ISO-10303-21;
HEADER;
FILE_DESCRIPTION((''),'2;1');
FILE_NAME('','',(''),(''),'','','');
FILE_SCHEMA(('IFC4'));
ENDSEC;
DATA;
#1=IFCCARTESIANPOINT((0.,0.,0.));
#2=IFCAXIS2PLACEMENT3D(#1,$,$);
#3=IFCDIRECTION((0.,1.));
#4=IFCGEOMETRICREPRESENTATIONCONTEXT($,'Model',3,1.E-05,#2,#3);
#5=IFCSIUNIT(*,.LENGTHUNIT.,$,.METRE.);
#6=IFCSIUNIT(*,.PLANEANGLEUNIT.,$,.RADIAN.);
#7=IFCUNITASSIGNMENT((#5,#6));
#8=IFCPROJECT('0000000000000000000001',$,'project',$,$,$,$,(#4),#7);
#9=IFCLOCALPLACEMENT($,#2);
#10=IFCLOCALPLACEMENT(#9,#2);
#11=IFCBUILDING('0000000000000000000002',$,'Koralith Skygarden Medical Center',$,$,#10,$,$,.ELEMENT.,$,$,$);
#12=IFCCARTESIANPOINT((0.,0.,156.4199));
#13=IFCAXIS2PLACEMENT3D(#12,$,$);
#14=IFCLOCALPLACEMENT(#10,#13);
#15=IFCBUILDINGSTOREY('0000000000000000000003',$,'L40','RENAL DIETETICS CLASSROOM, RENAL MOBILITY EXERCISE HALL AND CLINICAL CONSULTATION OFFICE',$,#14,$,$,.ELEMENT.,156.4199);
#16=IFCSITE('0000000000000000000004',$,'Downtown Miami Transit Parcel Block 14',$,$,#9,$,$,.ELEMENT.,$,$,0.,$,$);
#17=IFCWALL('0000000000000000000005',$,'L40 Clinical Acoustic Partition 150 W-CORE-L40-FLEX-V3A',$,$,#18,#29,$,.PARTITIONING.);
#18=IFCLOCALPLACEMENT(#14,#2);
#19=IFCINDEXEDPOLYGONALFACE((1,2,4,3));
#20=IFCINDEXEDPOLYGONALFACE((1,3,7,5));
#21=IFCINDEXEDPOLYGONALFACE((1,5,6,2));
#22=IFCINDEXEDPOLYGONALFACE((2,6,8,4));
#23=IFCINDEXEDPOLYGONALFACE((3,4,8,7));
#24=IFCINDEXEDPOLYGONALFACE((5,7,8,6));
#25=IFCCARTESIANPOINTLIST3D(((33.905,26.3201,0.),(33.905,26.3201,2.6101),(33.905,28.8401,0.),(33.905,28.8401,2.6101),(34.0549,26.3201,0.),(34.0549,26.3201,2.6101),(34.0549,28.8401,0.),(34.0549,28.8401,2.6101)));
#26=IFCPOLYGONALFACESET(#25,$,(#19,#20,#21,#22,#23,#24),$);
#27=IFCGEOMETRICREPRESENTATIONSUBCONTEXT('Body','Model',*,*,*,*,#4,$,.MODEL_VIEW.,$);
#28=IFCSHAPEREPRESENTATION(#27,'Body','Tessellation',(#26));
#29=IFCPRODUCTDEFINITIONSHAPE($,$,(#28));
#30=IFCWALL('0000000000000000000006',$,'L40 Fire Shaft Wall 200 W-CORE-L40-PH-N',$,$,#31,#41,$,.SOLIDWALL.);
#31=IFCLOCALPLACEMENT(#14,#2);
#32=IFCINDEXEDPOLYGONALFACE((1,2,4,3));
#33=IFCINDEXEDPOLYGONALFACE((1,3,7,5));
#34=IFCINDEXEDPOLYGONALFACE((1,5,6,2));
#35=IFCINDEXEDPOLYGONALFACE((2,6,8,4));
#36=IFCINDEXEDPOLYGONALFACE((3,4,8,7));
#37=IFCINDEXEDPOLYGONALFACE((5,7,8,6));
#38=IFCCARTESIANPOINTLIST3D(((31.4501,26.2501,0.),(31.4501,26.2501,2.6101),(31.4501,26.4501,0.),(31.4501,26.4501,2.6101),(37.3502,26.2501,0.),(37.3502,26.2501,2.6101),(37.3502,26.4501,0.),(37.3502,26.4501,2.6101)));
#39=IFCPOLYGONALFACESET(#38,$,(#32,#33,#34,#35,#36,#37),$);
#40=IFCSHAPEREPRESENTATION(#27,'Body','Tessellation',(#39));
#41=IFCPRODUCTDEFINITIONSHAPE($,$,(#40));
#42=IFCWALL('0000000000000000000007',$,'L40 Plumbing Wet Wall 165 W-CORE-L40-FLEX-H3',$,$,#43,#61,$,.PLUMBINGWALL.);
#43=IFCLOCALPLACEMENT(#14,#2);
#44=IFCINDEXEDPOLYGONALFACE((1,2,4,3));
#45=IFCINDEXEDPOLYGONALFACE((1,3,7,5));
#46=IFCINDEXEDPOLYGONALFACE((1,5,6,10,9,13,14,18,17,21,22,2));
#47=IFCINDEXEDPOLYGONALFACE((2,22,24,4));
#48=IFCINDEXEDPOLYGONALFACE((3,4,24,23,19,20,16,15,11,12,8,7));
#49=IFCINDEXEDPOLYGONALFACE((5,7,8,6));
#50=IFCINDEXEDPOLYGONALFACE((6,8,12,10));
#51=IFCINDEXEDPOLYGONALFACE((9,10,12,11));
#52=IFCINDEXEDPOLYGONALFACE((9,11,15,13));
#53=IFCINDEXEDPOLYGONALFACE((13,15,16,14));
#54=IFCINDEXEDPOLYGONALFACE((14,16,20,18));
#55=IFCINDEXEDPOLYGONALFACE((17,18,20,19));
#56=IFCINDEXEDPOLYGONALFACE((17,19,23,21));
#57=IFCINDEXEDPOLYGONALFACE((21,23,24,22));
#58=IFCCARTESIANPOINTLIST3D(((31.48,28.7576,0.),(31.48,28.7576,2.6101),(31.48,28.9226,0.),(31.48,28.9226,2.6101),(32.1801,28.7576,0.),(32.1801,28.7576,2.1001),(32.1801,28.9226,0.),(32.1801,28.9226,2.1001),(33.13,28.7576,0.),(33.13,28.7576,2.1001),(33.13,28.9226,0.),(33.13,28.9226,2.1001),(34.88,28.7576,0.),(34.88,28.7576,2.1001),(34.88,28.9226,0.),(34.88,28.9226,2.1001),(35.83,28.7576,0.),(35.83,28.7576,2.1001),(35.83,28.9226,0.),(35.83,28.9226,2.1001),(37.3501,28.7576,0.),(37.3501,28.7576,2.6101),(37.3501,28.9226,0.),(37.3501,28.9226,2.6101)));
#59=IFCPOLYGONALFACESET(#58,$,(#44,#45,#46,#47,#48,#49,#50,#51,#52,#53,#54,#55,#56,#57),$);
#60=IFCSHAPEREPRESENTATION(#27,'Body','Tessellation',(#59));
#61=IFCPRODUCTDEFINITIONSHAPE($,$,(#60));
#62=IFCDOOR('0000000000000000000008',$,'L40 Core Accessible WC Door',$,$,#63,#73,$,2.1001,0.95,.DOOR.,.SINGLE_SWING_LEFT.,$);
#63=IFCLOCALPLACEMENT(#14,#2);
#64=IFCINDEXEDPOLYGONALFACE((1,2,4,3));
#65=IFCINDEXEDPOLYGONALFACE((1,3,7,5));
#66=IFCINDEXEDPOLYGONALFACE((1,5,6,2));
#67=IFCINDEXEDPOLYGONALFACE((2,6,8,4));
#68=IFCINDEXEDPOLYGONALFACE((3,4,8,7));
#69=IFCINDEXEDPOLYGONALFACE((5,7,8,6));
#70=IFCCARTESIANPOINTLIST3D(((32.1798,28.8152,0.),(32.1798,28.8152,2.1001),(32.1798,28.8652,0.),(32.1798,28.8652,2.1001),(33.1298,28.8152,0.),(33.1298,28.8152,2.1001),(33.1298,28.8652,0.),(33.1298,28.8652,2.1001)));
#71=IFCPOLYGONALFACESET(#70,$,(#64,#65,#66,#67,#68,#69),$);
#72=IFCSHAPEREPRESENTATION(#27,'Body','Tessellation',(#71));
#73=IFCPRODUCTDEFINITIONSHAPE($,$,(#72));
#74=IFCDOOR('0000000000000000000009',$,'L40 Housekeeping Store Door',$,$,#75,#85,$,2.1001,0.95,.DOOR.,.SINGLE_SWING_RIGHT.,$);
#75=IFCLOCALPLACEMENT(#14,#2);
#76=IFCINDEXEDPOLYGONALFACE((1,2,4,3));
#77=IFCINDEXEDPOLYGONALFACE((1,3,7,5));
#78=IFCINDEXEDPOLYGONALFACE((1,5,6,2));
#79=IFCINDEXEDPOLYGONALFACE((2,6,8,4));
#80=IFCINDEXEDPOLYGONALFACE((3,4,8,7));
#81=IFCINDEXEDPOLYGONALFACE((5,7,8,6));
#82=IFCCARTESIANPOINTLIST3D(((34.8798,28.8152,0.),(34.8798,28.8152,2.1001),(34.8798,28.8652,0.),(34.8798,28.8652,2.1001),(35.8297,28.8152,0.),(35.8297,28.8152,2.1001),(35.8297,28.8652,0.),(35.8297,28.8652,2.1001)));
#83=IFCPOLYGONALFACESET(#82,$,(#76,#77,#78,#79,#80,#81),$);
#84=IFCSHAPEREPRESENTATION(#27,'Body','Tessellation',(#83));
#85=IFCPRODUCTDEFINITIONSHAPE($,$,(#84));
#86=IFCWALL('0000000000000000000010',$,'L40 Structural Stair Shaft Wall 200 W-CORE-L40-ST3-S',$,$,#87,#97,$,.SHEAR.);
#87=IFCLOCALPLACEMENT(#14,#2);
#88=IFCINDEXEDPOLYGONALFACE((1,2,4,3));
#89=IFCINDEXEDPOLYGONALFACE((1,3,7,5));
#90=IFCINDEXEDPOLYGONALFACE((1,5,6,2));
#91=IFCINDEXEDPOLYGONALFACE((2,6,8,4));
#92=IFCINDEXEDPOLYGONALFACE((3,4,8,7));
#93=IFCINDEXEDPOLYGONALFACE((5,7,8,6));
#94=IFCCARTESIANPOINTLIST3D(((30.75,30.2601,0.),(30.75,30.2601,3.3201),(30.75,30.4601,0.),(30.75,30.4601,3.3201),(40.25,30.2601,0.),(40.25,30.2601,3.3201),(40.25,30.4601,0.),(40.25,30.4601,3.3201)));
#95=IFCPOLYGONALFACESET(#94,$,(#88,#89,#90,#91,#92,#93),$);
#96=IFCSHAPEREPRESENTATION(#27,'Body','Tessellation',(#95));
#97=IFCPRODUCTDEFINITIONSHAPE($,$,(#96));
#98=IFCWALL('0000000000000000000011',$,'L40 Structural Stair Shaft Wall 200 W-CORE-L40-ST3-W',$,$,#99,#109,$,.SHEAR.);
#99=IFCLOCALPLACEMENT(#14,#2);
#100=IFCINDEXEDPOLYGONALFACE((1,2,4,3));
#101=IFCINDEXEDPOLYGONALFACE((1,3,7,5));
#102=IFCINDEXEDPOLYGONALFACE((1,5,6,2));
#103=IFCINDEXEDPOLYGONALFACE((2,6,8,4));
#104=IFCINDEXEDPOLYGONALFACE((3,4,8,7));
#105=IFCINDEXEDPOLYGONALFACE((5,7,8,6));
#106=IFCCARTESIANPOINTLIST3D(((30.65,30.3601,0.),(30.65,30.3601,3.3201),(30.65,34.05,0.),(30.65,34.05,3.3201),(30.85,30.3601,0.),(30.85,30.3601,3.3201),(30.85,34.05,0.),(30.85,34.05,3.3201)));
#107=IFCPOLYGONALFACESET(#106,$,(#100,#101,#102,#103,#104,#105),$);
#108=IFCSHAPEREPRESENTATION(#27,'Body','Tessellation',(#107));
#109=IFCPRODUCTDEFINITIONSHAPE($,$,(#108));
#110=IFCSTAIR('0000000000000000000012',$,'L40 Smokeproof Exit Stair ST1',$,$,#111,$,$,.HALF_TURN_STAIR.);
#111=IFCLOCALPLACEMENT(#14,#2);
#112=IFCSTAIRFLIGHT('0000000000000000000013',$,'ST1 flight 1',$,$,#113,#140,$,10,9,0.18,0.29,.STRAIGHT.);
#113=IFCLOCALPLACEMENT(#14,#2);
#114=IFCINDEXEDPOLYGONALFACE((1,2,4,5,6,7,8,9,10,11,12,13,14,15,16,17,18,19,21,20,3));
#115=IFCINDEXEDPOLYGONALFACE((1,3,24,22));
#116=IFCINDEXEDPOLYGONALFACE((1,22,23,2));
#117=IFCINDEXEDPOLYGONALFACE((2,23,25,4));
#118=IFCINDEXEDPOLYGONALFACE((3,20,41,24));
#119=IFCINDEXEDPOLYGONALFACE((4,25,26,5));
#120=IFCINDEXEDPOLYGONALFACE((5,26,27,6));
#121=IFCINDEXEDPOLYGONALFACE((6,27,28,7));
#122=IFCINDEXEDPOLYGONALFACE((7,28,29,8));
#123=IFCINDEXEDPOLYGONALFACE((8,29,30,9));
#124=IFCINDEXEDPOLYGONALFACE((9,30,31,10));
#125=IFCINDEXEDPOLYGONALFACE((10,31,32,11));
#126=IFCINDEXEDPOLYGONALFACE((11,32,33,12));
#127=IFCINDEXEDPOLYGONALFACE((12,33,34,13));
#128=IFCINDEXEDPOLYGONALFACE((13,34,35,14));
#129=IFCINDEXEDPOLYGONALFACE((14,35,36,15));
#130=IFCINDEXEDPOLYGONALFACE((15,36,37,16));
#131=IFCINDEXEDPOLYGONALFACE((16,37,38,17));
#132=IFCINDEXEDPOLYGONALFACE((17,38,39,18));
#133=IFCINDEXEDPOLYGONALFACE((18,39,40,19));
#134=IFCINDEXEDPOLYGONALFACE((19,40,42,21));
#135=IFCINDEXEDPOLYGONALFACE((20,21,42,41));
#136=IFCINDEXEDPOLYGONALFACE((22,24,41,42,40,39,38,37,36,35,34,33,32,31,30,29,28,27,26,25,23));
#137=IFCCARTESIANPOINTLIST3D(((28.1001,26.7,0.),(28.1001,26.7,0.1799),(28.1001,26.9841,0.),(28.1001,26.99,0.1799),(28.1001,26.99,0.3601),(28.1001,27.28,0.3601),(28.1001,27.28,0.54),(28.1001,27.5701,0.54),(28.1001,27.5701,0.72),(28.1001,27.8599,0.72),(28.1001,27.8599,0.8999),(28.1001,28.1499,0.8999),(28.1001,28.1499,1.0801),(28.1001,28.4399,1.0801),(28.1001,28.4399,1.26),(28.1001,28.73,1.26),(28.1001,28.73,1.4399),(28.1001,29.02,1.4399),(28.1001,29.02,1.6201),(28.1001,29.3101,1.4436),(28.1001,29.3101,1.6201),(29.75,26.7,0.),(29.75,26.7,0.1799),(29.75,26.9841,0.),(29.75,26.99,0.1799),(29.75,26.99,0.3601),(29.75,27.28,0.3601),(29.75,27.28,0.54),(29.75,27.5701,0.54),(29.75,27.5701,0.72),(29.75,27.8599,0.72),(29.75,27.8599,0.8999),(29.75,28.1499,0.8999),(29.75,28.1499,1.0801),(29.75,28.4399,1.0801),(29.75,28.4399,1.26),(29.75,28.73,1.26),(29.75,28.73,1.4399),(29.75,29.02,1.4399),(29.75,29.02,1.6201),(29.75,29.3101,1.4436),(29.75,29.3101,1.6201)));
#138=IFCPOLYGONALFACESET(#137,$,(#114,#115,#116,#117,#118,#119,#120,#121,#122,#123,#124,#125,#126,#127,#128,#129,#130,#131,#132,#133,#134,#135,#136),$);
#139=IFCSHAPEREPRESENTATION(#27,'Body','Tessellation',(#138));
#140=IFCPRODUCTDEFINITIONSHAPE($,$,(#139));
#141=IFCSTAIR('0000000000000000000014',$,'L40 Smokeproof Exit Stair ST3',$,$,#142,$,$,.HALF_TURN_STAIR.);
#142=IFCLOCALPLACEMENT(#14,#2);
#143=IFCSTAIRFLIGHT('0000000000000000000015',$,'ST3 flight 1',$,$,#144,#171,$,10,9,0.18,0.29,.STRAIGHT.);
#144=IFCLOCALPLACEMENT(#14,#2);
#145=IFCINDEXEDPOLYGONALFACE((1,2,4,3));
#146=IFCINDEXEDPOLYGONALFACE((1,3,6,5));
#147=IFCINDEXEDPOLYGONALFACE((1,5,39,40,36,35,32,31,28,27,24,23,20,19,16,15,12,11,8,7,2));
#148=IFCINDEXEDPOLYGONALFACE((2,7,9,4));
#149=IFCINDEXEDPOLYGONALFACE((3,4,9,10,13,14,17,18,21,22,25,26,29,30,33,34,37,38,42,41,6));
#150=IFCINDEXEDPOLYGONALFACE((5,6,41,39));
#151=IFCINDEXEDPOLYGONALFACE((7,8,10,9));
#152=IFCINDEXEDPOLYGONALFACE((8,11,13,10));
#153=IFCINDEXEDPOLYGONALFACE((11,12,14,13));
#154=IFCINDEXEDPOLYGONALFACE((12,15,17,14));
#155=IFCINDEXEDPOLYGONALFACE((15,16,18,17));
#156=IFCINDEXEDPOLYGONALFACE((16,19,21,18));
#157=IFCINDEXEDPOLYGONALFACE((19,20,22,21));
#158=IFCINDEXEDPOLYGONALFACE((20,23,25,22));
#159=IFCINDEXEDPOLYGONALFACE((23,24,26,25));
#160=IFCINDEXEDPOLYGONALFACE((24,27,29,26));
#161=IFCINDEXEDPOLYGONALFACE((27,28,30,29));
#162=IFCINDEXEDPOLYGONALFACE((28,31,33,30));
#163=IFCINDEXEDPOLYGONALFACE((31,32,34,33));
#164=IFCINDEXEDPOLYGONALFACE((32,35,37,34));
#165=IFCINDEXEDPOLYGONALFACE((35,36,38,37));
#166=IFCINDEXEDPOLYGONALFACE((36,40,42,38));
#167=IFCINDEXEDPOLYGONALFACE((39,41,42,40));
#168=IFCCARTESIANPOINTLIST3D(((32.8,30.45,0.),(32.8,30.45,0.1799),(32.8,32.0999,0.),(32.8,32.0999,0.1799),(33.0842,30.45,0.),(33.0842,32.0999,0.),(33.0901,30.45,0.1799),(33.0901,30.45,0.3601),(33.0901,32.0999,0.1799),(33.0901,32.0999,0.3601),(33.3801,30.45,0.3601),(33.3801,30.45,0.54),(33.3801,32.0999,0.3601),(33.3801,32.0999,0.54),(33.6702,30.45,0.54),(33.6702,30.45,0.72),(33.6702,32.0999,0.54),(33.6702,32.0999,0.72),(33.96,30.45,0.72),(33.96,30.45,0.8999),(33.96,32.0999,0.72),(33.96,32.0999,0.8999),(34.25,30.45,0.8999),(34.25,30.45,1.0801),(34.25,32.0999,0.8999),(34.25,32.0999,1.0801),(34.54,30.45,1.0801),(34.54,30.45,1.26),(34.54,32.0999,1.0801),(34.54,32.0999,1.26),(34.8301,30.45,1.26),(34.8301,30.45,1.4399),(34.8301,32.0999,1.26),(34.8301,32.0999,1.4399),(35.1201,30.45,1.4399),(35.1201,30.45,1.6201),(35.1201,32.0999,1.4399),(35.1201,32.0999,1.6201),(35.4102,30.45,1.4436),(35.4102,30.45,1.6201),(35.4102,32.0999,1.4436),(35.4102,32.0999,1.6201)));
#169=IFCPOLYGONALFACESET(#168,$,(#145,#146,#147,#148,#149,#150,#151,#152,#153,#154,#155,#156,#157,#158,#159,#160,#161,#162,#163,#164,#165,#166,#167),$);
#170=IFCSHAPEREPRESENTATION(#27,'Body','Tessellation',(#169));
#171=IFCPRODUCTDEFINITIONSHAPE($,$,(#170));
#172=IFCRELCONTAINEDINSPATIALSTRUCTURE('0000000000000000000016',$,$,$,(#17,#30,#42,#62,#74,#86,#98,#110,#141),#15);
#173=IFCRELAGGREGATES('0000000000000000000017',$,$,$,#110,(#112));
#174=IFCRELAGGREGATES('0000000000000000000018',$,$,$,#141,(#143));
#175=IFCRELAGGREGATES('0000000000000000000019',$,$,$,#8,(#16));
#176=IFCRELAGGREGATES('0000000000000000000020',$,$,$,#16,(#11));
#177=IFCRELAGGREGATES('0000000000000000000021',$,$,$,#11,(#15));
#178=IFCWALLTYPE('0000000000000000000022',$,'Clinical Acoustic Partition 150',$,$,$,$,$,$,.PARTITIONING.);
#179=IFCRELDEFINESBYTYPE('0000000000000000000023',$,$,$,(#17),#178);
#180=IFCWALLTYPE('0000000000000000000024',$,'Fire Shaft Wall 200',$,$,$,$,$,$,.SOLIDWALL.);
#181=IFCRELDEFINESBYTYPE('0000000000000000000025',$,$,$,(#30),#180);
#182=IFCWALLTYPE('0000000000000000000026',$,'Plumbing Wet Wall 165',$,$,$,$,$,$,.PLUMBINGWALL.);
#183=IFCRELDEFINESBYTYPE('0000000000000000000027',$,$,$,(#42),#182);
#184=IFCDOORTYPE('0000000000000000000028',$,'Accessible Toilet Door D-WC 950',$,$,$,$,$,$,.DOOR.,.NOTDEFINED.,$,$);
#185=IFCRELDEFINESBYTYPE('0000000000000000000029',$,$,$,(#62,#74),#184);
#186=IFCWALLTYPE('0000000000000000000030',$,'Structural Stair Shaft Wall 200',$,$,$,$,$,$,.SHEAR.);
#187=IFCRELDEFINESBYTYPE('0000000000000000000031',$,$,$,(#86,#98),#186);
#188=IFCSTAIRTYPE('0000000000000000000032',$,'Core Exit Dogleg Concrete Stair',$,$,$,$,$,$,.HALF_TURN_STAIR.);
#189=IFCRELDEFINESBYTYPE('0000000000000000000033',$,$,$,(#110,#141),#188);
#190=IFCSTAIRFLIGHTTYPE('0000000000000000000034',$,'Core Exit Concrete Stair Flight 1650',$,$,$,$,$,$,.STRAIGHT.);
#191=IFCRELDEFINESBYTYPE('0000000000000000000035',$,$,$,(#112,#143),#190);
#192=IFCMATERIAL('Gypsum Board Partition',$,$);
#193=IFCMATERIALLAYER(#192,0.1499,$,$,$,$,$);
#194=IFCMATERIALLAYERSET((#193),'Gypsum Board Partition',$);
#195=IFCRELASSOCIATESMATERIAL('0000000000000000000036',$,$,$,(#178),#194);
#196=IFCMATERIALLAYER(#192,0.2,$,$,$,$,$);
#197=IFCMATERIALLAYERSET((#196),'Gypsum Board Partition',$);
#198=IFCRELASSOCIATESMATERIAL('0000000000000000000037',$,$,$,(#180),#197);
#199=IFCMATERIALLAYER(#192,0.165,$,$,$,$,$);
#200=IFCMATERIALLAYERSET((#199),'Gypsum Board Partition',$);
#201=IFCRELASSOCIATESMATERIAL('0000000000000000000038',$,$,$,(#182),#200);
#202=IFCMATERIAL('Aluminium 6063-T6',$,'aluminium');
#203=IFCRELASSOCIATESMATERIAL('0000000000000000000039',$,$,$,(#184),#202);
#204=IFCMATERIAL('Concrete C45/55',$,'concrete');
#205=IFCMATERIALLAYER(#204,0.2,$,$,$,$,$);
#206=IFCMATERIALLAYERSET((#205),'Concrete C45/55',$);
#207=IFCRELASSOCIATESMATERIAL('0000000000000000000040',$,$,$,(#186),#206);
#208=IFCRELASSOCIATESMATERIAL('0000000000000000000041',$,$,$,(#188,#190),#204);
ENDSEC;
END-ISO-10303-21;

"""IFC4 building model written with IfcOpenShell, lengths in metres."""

from ifc_helpers import new_model, si_unit, direction, frame, frame_2d, origin, place, context, subcontext, project, spatial, polyline, rectangle, outline, extrude, material, layer, layer_set, type_object, element, fill, aggregate, save


model = new_model("IFC4")

# Units and contexts
model_context = context("Model", 3, precision=1e-05, world=origin(), true_north=direction((0.0, 1.0)))
body_context = subcontext(model_context, "Body", "Model", "MODEL_VIEW")
ifc_project = project(units=[si_unit("LENGTHUNIT", "METRE"), si_unit("PLANEANGLEUNIT", "RADIAN")], contexts=[model_context])

# Site, building, storey
site_placement = place(None, origin())
site = spatial("IfcSite", under=ifc_project, at=site_placement, Name="Downtown Miami Transit Parcel Block 14", CompositionType="ELEMENT", RefElevation=0.0)
building_placement = place(site_placement, origin())
building = spatial("IfcBuilding", under=site, at=building_placement, Name="Koralith Skygarden Medical Center", CompositionType="ELEMENT")
storey_placement = place(building_placement, frame((0.0, 0.0, 156.4199)))
storey = spatial("IfcBuildingStorey", under=building, at=storey_placement, Name="L40", Description="RENAL DIETETICS CLASSROOM, RENAL MOBILITY EXERCISE HALL AND CLINICAL CONSULTATION OFFICE", CompositionType="ELEMENT", Elevation=156.4199)

# Walls
ifc_material_1 = material(Name="Gypsum Board Partition")
ifc_layer_1 = layer(ifc_material_1, 0.1499)
ifc_layer_set_1 = layer_set([ifc_layer_1], Name="Gypsum Board Partition")
wall_type_1 = type_object("IfcWallType", Name="Clinical Acoustic Partition 150", PredefinedType="PARTITIONING", material=ifc_layer_set_1)
wall_1_placement = place(storey_placement, frame((33.98, 26.3201, 0.0), z_axis=(0.0, 0.0, 1.0), x_axis=(0.0, 1.0, 0.0)))
element("IfcWall", 1, at=wall_1_placement, inside=storey, type_object=wall_type_1, Name="L40 Clinical Acoustic Partition 150 W-CORE-L40-FLEX-V3A", PredefinedType="PARTITIONING", context=body_context, shape_type="SweptSolid", body=[
    extrude(rectangle(XDim=2.52, YDim=0.1499, at=frame_2d((1.26, 0.0))), origin(), (0.0, 0.0, 1.0), 2.6101),
])
ifc_layer_2 = layer(ifc_material_1, 0.2)
ifc_layer_set_2 = layer_set([ifc_layer_2], Name="Gypsum Board Partition")
wall_type_2 = type_object("IfcWallType", Name="Fire Shaft Wall 200", PredefinedType="SOLIDWALL", material=ifc_layer_set_2)
wall_2_placement = place(storey_placement, frame((31.45, 26.3501, 0.0), z_axis=(0.0, 0.0, 1.0), x_axis=(1.0, 0.0, 0.0)))
element("IfcWall", 2, at=wall_2_placement, inside=storey, type_object=wall_type_2, Name="L40 Fire Shaft Wall 200 W-CORE-L40-PH-N", PredefinedType="SOLIDWALL", context=body_context, shape_type="SweptSolid", body=[
    extrude(rectangle(XDim=5.9001, YDim=0.2, at=frame_2d((2.9502, 0.0))), origin(), (0.0, 0.0, 1.0), 2.6101),
])

# Shared definitions
ifc_layer_3 = layer(ifc_material_1, 0.165)
ifc_layer_set_3 = layer_set([ifc_layer_3], Name="Gypsum Board Partition")
wall_type_3 = type_object("IfcWallType", Name="Plumbing Wet Wall 165", PredefinedType="PLUMBINGWALL", material=ifc_layer_set_3)
ifc_material_2 = material(Name="Aluminium 6063-T6", Category="aluminium")

# Wall, openings, doors
wall_3_placement = place(storey_placement, frame((31.48, 28.8401, 0.0), z_axis=(0.0, 0.0, 1.0), x_axis=(1.0, 0.0, 0.0)))
wall_3 = element("IfcWall", 3, at=wall_3_placement, inside=storey, type_object=wall_type_3, Name="L40 Plumbing Wet Wall 165 W-CORE-L40-FLEX-H3", PredefinedType="PLUMBINGWALL", context=body_context, shape_type="SweptSolid", body=[
    extrude(rectangle(XDim=5.8701, YDim=0.165, at=frame_2d((2.9351, 0.0))), origin(), (0.0, 0.0, 1.0), 2.6101),
])
opening_1_placement = place(wall_3_placement, frame((0.7, 0.0, 0.0)))
opening_1 = element("IfcOpeningElement", 4, at=opening_1_placement, cuts=wall_3, PredefinedType="OPENING", context=body_context, shape_type="SweptSolid", body=[
    extrude(rectangle(XDim=0.95, YDim=2.1001, at=frame_2d((0.4751, 1.05))), frame((0.0, 0.0925, 0.0), z_axis=(0.0, -1.0, 0.0), x_axis=(1.0, 0.0, 0.0)), (0.0, 0.0, 1.0), 0.1851),
])
opening_2_placement = place(wall_3_placement, frame((3.3999, 0.0, 0.0)))
opening_2 = element("IfcOpeningElement", 5, at=opening_2_placement, cuts=wall_3, PredefinedType="OPENING", context=body_context, shape_type="SweptSolid", body=[
    extrude(rectangle(XDim=0.95, YDim=2.1001, at=frame_2d((0.4751, 1.05))), frame((0.0, 0.0925, 0.0), z_axis=(0.0, -1.0, 0.0), x_axis=(1.0, 0.0, 0.0)), (0.0, 0.0, 1.0), 0.1851),
])
door_type_1 = type_object("IfcDoorType", Name="Accessible Toilet Door D-WC 950", OperationType="NOTDEFINED", PredefinedType="DOOR", material=ifc_material_2)
door_1_placement = place(opening_1_placement, frame((0.95, 0.0, 0.0), z_axis=(0.0, 0.0, 1.0), x_axis=(-1.0, 0.0, 0.0)))
door_1 = element("IfcDoor", 6, at=door_1_placement, inside=storey, type_object=door_type_1, Name="L40 Core Accessible WC Door", OperationType="SINGLE_SWING_LEFT", OverallHeight=2.1001, OverallWidth=0.95, PredefinedType="DOOR", context=body_context, shape_type="SweptSolid", body=[
    extrude(rectangle(XDim=0.95, YDim=2.1001, at=frame_2d((0.4751, 1.05))), frame((0.0, 0.0249, 0.0), z_axis=(0.0, -1.0, 0.0), x_axis=(1.0, 0.0, 0.0)), (0.0, 0.0, 1.0), 0.05),
])
fill(opening_1, door_1)
door_2_placement = place(opening_2_placement, frame((0.95, 0.0, 0.0), z_axis=(0.0, 0.0, 1.0), x_axis=(-1.0, 0.0, 0.0)))
door_2 = element("IfcDoor", 7, at=door_2_placement, inside=storey, type_object=door_type_1, Name="L40 Housekeeping Store Door", OperationType="SINGLE_SWING_RIGHT", OverallHeight=2.1001, OverallWidth=0.95, PredefinedType="DOOR", context=body_context, shape_type="SweptSolid", body=[
    extrude(rectangle(XDim=0.95, YDim=2.1001, at=frame_2d((0.4751, 1.05))), frame((0.0, 0.0249, 0.0), z_axis=(0.0, -1.0, 0.0), x_axis=(1.0, 0.0, 0.0)), (0.0, 0.0, 1.0), 0.05),
])
fill(opening_2, door_2)

# Walls
ifc_material_3 = material(Name="Concrete C45/55", Category="concrete")
ifc_layer_4 = layer(ifc_material_3, 0.2)
ifc_layer_set_4 = layer_set([ifc_layer_4], Name="Concrete C45/55")
wall_type_4 = type_object("IfcWallType", Name="Structural Stair Shaft Wall 200", PredefinedType="SHEAR", material=ifc_layer_set_4)
wall_4_placement = place(storey_placement, frame((30.75, 30.3601, 0.0), z_axis=(0.0, 0.0, 1.0), x_axis=(1.0, 0.0, 0.0)))
element("IfcWall", 8, at=wall_4_placement, inside=storey, type_object=wall_type_4, Name="L40 Structural Stair Shaft Wall 200 W-CORE-L40-ST3-S", PredefinedType="SHEAR", context=body_context, shape_type="SweptSolid", body=[
    extrude(rectangle(XDim=9.5, YDim=0.2, at=frame_2d((4.75, 0.0))), origin(), (0.0, 0.0, 1.0), 3.3201),
])
wall_5_placement = place(storey_placement, frame((30.75, 30.3601, 0.0), z_axis=(0.0, 0.0, 1.0), x_axis=(0.0, 1.0, 0.0)))
element("IfcWall", 9, at=wall_5_placement, inside=storey, type_object=wall_type_4, Name="L40 Structural Stair Shaft Wall 200 W-CORE-L40-ST3-W", PredefinedType="SHEAR", context=body_context, shape_type="SweptSolid", body=[
    extrude(rectangle(XDim=3.6899, YDim=0.2, at=frame_2d((1.845, 0.0))), origin(), (0.0, 0.0, 1.0), 3.3201),
])

# Stair, stair flight
stair_type = type_object("IfcStairType", Name="Core Exit Dogleg Concrete Stair", PredefinedType="HALF_TURN_STAIR", material=ifc_material_3)
stair_1_placement = place(storey_placement, origin())
stair_1 = element("IfcStair", 10, at=stair_1_placement, inside=storey, type_object=stair_type, Name="L40 Smokeproof Exit Stair ST1", PredefinedType="HALF_TURN_STAIR")
stair_flight_type = type_object("IfcStairFlightType", Name="Core Exit Concrete Stair Flight 1650", PredefinedType="STRAIGHT", material=ifc_material_3)
stair_flight_1_placement = place(storey_placement, frame((28.925, 26.7, 0.0), z_axis=(0.0, 0.0, 1.0), x_axis=(0.0, 1.0, 0.0)))
stair_flight_1 = element("IfcStairFlight", 11, at=stair_flight_1_placement, type_object=stair_flight_type, Name="ST1 flight 1", NumberOfRisers=10, NumberOfTreads=9, PredefinedType="STRAIGHT", RiserHeight=0.18, TreadLength=0.29, context=body_context, shape_type="SweptSolid", body=[
    extrude(outline(polyline([(0.0, 0.0), (0.0, 0.1799), (0.29, 0.1799), (0.29, 0.3601), (0.5801, 0.3601), (0.5801, 0.54), (0.8701, 0.54), (0.8701, 0.72), (1.1599, 0.72), (1.1599, 0.8999), (1.45, 0.8999), (1.45, 1.0801), (1.74, 1.0801), (1.74, 1.26), (2.03, 1.26), (2.03, 1.4399), (2.3201, 1.4399), (2.3201, 1.6201), (2.6101, 1.6201), (2.6101, 1.8), (2.6101, 1.4436), (0.2842, 0.0), (0.0, 0.0)])), frame((0.0, 0.825, 0.0), z_axis=(0.0, -1.0, 0.0), x_axis=(1.0, 0.0, 0.0)), (0.0, 0.0, 1.0), 1.6499),
])
aggregate(stair_1, [stair_flight_1])

# Stair, stair flight
stair_2_placement = place(storey_placement, origin())
stair_2 = element("IfcStair", 12, at=stair_2_placement, inside=storey, type_object=stair_type, Name="L40 Smokeproof Exit Stair ST3", PredefinedType="HALF_TURN_STAIR")
stair_flight_2_placement = place(storey_placement, frame((32.8, 31.2749, 0.0), z_axis=(0.0, 0.0, 1.0), x_axis=(1.0, 0.0, 0.0)))
stair_flight_2 = element("IfcStairFlight", 13, at=stair_flight_2_placement, type_object=stair_flight_type, Name="ST3 flight 1", NumberOfRisers=10, NumberOfTreads=9, PredefinedType="STRAIGHT", RiserHeight=0.18, TreadLength=0.29, context=body_context, shape_type="SweptSolid", body=[
    extrude(outline(polyline([(0.0, 0.0), (0.0, 0.1799), (0.29, 0.1799), (0.29, 0.3601), (0.5801, 0.3601), (0.5801, 0.54), (0.8701, 0.54), (0.8701, 0.72), (1.1599, 0.72), (1.1599, 0.8999), (1.45, 0.8999), (1.45, 1.0801), (1.74, 1.0801), (1.74, 1.26), (2.03, 1.26), (2.03, 1.4399), (2.3201, 1.4399), (2.3201, 1.6201), (2.6101, 1.6201), (2.6101, 1.8), (2.6101, 1.4436), (0.2842, 0.0), (0.0, 0.0)])), frame((0.0, 0.825, 0.0), z_axis=(0.0, -1.0, 0.0), x_axis=(1.0, 0.0, 0.0)), (0.0, 0.0, 1.0), 1.6499),
])
aggregate(stair_2, [stair_flight_2])

save(model, "model.ifc")
